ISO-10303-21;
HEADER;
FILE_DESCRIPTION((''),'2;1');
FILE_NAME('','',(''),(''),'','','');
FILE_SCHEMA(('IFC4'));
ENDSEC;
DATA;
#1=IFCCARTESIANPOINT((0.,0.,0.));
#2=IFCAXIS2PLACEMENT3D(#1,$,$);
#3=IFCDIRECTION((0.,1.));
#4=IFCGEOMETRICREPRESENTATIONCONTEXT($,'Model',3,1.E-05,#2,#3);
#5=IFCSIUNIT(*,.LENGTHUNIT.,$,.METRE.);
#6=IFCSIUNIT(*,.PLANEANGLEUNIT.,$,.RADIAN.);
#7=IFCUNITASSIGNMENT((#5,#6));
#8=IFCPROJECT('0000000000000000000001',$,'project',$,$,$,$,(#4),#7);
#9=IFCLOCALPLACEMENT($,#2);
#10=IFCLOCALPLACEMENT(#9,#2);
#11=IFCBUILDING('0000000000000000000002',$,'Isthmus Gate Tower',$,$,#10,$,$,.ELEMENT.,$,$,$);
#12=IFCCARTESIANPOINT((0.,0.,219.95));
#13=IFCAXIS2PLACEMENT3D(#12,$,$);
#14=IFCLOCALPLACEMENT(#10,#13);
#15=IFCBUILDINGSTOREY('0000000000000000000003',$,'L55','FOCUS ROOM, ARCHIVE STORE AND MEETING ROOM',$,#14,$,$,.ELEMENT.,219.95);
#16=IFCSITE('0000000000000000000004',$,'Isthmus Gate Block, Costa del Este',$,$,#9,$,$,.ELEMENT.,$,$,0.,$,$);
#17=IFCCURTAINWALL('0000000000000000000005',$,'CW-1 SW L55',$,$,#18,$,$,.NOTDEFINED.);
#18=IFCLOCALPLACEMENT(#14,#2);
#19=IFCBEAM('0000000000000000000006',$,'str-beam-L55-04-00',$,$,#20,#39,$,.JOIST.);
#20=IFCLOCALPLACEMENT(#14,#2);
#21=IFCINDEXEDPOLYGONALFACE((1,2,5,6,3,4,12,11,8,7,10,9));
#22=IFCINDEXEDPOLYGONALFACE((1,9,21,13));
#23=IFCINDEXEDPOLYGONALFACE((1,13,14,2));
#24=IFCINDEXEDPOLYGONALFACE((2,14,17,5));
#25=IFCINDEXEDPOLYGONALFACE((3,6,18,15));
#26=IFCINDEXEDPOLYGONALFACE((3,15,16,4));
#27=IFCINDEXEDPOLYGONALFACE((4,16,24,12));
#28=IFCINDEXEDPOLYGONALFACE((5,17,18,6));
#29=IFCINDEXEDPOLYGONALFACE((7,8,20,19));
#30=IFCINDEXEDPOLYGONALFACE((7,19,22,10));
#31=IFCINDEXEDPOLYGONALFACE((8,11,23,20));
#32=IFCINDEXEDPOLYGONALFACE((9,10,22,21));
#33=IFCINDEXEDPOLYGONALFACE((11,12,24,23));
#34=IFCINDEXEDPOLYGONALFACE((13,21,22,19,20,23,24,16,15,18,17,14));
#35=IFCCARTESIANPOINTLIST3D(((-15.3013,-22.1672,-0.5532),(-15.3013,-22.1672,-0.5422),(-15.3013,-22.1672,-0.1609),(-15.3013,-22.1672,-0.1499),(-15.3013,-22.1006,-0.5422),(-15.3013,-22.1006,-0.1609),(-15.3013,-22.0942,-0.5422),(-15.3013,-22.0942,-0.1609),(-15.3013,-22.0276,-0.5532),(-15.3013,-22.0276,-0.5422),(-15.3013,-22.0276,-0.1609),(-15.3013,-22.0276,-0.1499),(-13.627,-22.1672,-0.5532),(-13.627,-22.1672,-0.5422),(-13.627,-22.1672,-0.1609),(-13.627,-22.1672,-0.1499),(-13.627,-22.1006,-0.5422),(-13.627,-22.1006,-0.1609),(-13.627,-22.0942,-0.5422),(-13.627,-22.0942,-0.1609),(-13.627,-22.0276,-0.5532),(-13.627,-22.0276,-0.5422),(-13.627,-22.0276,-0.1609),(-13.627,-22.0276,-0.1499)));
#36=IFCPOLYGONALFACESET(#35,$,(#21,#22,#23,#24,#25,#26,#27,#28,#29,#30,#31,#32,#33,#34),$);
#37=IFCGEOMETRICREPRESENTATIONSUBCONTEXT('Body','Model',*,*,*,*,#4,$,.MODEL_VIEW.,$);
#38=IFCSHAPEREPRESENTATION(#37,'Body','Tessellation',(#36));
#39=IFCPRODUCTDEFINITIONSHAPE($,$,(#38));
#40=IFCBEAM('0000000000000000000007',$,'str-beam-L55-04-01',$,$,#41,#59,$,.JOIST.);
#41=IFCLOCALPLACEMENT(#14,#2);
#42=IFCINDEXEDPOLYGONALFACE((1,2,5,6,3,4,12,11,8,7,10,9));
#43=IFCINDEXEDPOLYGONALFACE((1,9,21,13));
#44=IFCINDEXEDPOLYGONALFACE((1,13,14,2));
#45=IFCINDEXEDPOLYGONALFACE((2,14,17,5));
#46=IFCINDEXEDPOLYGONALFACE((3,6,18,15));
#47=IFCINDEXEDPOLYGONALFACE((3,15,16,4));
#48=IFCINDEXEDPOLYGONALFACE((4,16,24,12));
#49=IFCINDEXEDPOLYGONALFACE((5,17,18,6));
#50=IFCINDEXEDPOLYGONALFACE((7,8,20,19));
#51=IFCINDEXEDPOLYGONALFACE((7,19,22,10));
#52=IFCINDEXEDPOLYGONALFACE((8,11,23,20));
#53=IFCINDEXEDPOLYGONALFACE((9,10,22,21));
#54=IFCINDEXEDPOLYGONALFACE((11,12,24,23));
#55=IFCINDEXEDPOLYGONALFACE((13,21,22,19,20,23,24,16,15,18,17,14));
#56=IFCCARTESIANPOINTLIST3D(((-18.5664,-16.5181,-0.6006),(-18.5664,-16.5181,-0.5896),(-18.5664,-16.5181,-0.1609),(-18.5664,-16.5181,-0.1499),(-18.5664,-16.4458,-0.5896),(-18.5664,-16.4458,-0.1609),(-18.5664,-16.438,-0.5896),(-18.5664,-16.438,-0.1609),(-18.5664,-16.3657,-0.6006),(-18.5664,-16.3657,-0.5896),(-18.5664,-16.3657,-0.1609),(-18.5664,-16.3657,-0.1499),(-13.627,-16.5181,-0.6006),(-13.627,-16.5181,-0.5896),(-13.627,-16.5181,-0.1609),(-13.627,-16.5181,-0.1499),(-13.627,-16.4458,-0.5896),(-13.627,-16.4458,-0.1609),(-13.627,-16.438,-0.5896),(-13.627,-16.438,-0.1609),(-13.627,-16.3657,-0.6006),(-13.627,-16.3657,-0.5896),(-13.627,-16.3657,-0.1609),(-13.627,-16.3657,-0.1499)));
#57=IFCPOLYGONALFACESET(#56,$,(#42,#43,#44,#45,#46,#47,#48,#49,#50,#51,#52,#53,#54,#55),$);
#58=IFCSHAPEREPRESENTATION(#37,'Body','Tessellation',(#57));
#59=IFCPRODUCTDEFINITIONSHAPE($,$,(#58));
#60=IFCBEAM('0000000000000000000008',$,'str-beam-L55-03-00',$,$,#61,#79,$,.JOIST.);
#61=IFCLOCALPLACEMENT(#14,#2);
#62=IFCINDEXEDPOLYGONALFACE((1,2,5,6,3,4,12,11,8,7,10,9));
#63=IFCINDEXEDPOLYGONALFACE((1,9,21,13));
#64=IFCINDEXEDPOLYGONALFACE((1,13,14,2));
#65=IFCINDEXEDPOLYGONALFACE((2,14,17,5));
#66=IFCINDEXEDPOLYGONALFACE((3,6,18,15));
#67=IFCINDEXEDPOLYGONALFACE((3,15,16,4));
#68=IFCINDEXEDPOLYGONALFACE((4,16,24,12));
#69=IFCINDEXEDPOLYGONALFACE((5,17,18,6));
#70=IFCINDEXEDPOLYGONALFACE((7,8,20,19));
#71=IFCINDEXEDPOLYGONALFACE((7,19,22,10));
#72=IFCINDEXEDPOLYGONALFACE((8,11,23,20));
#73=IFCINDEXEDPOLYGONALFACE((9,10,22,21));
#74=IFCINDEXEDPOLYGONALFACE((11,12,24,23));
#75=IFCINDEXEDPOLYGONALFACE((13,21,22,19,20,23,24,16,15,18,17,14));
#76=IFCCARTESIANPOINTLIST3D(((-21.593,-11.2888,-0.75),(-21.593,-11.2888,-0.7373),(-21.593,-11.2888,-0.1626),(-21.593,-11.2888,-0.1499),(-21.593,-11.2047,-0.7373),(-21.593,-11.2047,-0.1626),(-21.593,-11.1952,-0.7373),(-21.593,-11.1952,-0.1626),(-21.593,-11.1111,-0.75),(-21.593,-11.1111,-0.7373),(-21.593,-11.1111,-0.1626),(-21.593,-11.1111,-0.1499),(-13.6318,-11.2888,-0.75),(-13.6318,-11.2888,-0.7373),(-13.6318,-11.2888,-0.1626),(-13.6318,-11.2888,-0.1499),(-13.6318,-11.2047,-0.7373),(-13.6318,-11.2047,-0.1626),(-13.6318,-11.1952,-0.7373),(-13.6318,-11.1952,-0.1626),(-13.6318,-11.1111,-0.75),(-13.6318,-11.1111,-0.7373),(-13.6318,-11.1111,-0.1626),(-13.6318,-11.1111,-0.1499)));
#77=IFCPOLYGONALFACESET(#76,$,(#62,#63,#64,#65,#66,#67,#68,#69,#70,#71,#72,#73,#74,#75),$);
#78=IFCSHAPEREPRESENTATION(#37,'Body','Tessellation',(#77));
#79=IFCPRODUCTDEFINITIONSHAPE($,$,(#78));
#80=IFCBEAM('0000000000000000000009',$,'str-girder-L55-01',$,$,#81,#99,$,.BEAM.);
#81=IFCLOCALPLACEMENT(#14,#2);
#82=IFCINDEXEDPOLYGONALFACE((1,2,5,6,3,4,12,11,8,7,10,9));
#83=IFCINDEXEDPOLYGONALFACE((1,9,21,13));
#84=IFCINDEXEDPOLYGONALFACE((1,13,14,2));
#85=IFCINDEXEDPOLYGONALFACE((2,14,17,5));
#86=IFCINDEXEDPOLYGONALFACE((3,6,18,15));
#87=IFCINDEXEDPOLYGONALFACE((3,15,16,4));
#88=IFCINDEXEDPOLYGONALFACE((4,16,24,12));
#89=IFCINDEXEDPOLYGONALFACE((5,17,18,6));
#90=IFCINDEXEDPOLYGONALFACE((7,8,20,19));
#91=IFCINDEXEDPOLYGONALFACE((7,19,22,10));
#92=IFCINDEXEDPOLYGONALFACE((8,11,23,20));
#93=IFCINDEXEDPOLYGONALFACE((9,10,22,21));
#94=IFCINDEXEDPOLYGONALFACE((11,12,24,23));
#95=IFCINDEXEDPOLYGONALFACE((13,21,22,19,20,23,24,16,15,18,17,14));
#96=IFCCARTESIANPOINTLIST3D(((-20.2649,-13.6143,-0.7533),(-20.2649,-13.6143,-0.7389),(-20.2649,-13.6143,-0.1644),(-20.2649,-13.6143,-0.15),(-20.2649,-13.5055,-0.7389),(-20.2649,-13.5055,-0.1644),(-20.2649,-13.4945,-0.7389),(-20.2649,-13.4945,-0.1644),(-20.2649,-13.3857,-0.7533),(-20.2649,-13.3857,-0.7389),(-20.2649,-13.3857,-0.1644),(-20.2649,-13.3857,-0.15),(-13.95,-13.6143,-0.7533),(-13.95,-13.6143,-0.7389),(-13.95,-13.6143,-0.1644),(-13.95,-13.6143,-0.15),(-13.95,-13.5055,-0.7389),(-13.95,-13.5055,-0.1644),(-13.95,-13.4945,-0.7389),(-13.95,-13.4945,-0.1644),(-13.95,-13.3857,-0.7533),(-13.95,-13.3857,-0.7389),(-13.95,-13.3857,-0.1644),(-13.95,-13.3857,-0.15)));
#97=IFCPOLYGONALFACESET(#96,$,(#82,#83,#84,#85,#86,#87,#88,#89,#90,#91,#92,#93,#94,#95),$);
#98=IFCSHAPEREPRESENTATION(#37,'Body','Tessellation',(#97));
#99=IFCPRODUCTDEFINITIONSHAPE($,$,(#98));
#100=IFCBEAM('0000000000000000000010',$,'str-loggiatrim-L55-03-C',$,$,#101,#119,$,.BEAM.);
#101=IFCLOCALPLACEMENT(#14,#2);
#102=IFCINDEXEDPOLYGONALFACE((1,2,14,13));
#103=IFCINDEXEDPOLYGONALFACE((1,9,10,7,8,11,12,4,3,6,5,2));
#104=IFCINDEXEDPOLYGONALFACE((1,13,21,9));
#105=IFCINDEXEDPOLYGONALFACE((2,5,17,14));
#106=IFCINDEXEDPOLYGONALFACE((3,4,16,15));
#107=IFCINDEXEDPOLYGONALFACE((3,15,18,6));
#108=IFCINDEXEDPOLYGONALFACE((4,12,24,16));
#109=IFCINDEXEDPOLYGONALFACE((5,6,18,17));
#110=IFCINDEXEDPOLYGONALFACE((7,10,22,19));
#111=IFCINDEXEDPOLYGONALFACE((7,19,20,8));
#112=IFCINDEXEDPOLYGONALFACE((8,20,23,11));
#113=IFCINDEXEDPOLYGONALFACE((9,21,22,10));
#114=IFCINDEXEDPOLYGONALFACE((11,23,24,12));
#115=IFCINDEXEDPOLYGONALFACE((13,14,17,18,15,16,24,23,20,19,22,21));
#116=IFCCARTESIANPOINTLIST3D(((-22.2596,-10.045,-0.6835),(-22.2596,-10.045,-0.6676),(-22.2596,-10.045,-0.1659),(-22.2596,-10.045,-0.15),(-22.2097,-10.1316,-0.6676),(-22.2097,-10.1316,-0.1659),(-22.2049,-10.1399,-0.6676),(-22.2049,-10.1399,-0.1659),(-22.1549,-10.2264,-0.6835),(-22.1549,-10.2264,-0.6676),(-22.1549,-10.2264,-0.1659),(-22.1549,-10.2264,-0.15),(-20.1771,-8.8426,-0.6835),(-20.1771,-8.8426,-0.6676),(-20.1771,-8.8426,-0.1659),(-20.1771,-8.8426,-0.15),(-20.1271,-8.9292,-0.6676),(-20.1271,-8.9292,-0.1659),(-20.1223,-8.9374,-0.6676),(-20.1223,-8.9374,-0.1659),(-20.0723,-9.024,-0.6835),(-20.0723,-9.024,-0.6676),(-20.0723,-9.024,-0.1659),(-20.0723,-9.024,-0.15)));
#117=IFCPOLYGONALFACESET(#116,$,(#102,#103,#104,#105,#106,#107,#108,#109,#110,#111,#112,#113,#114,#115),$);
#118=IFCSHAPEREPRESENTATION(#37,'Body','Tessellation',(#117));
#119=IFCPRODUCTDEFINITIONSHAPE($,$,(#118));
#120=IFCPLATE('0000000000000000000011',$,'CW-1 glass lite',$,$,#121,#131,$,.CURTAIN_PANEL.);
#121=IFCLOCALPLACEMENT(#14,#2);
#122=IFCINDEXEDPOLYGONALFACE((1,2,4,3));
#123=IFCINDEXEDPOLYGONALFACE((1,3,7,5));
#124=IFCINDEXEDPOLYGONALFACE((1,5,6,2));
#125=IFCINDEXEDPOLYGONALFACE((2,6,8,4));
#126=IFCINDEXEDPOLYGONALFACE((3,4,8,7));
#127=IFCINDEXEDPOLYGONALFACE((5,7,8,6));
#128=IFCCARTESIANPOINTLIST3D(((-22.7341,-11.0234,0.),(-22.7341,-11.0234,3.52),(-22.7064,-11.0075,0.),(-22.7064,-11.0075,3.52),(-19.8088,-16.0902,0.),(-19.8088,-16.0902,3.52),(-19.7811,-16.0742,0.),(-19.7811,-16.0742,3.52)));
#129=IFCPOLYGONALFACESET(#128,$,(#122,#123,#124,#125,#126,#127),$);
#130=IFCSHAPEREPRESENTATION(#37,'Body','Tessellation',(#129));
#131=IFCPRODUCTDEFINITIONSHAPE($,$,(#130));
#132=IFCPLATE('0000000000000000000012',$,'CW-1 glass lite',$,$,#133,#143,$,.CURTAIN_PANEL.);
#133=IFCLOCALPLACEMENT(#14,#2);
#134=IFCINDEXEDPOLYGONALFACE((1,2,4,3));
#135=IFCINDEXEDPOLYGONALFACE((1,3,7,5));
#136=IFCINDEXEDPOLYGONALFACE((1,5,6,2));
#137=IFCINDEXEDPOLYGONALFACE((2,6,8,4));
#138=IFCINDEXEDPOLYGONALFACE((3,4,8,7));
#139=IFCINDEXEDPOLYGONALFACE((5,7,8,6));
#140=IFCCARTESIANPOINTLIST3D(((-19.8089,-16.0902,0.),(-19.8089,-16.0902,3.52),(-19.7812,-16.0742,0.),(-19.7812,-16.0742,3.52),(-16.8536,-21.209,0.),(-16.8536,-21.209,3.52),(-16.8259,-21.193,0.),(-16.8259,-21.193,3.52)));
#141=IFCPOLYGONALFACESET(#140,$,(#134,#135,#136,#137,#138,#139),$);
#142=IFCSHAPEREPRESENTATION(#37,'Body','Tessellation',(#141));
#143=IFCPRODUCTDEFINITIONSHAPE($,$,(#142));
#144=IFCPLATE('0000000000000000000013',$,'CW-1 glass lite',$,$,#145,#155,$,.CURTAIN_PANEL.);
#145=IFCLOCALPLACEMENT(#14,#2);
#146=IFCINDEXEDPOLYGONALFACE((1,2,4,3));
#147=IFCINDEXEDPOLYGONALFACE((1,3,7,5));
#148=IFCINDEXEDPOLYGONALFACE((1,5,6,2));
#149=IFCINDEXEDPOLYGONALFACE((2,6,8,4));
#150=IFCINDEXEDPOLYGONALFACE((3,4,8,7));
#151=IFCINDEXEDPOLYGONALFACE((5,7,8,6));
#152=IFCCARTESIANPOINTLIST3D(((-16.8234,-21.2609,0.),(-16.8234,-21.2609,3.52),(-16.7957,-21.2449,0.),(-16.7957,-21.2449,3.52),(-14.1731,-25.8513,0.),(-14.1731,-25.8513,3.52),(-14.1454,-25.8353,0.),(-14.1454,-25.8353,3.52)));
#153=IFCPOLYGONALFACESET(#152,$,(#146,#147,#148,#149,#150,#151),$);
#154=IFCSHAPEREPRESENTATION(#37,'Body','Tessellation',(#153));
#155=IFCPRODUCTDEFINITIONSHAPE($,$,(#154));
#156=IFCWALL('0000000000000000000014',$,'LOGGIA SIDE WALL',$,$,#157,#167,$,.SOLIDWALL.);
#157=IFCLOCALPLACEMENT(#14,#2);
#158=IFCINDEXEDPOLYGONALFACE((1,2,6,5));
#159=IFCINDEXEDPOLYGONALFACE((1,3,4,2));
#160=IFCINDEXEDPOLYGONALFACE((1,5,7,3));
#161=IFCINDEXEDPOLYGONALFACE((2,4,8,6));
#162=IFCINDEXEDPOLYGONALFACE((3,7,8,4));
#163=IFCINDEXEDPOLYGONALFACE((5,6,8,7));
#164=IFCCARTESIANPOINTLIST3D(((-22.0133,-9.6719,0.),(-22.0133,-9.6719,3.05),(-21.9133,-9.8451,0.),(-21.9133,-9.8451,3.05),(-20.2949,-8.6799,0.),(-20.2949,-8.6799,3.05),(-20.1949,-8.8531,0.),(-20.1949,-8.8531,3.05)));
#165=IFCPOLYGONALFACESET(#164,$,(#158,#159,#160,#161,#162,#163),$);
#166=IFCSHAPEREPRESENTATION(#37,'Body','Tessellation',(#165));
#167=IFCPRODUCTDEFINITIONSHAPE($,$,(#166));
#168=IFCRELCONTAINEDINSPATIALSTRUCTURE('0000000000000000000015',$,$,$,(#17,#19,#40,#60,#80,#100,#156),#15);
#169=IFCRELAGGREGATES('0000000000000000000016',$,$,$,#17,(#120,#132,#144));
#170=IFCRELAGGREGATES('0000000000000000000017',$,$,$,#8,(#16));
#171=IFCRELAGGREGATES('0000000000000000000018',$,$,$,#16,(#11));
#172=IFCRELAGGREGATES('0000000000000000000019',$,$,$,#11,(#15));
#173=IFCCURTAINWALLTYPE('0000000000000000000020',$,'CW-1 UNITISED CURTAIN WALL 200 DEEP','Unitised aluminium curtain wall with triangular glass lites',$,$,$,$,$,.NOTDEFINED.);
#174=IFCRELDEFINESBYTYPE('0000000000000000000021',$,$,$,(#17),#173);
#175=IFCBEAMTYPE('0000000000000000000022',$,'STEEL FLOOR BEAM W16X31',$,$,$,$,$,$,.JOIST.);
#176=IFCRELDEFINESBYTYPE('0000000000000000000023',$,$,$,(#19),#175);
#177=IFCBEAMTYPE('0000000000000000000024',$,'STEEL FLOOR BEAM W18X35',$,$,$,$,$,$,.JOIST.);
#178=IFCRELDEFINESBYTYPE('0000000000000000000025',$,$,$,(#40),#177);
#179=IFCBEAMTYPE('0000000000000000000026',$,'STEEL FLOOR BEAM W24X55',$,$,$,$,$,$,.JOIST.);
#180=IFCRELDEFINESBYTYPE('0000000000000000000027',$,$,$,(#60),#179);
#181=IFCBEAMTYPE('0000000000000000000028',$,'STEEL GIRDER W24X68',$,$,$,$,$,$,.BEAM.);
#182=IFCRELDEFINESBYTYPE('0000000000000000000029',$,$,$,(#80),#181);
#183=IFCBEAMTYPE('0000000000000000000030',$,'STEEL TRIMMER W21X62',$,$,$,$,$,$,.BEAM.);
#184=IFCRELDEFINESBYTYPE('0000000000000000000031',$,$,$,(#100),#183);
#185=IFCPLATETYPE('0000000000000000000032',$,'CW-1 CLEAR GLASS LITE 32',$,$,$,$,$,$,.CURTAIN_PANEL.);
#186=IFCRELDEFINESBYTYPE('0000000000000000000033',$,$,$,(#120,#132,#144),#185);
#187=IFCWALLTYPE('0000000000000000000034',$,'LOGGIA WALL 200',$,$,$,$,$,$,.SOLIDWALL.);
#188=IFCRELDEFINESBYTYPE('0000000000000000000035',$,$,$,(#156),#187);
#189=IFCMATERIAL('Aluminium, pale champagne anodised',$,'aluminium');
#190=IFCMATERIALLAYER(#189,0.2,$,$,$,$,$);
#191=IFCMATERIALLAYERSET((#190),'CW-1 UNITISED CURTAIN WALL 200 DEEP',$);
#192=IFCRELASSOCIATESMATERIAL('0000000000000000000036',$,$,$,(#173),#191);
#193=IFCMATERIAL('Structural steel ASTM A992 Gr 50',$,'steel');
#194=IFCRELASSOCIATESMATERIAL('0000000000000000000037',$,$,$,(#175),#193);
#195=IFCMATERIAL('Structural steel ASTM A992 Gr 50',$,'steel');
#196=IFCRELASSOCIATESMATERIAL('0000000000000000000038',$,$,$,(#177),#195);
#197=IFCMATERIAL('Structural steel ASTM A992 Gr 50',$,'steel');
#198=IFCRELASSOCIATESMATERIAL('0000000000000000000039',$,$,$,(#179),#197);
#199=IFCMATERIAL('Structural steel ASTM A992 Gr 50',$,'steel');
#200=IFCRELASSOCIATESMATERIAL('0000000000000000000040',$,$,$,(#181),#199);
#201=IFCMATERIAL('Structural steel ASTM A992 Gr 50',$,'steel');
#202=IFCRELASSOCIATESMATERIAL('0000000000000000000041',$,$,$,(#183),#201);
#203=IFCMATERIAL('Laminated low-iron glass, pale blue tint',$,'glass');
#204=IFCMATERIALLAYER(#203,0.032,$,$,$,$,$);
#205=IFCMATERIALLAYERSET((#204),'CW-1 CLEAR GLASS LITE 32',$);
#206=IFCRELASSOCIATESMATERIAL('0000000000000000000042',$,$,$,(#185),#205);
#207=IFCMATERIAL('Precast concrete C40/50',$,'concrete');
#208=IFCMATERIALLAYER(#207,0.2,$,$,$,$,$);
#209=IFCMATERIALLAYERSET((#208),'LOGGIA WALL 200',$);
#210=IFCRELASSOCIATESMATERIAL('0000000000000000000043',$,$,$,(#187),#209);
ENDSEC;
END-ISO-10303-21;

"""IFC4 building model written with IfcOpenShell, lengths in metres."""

from ifc_helpers import new_model, si_unit, direction, frame, frame_2d, origin, origin_2d, place, context, subcontext, project, spatial, rectangle, i_section, extrude, material, layer, layer_set, material_profile, profile_set, type_object, element, aggregate, save


model = new_model("IFC4")

# Units and contexts
model_context = context("Model", 3, precision=1e-05, world=origin(), true_north=direction((0.0, 1.0)))
body_context = subcontext(model_context, "Body", "Model", "MODEL_VIEW")
ifc_project = project(units=[si_unit("LENGTHUNIT", "METRE"), si_unit("PLANEANGLEUNIT", "RADIAN")], contexts=[model_context])

# Site, building, storey
site_placement = place(None, origin())
site = spatial("IfcSite", under=ifc_project, at=site_placement, Name="Isthmus Gate Block, Costa del Este", CompositionType="ELEMENT", RefElevation=0.0)
building_placement = place(site_placement, origin())
building = spatial("IfcBuilding", under=site, at=building_placement, Name="Isthmus Gate Tower", CompositionType="ELEMENT")
storey_placement = place(building_placement, frame((0.0, 0.0, 219.95)))
storey = spatial("IfcBuildingStorey", under=building, at=storey_placement, Name="L55", Description="FOCUS ROOM, ARCHIVE STORE AND MEETING ROOM", CompositionType="ELEMENT", Elevation=219.95)

# Curtain wall
ifc_material_1 = material(Name="Aluminium, pale champagne anodised", Category="aluminium")
ifc_layer_1 = layer(ifc_material_1, 0.2)
ifc_layer_set_1 = layer_set([ifc_layer_1], Name="CW-1 UNITISED CURTAIN WALL 200 DEEP")
curtain_wall_type = type_object("IfcCurtainWallType", Name="CW-1 UNITISED CURTAIN WALL 200 DEEP", Description="Unitised aluminium curtain wall with triangular glass lites", PredefinedType="NOTDEFINED", material=ifc_layer_set_1)
curtain_wall_1_placement = place(storey_placement, origin())
curtain_wall_1 = element("IfcCurtainWall", 1, at=curtain_wall_1_placement, inside=storey, type_object=curtain_wall_type, Name="CW-1 SW L55", PredefinedType="NOTDEFINED")

# Beams
ifc_material_2 = material(Name="Structural steel ASTM A992 Gr 50", Category="steel")
ifc_material_profile_1 = material_profile(ifc_material_2, i_section(OverallWidth=0.1396, OverallDepth=0.4033, WebThickness=0.0063, FlangeThickness=0.011, at=origin_2d()), Name="W16X31")
ifc_profile_set_1 = profile_set([ifc_material_profile_1], Name="Structural steel ASTM A992 Gr 50")
beam_type_1 = type_object("IfcBeamType", Name="STEEL FLOOR BEAM W16X31", PredefinedType="JOIST", material=ifc_profile_set_1)
beam_1_placement = place(storey_placement, frame((-15.3013, -22.0974, -0.3516), z_axis=(1.0, 0.0, 0.0), x_axis=(0.0, 1.0, 0.0)))
element("IfcBeam", 2, at=beam_1_placement, inside=storey, type_object=beam_type_1, Name="str-beam-L55-04-00", PredefinedType="JOIST", context=body_context, shape_type="SweptSolid", body=[
    extrude(i_section(OverallWidth=0.1396, OverallDepth=0.4033, WebThickness=0.0063, FlangeThickness=0.011, at=origin_2d()), origin(), (0.0, 0.0, 1.0), 1.6743),
])
ifc_material_3 = material(Name="Structural steel ASTM A992 Gr 50", Category="steel")
ifc_material_profile_2 = material_profile(ifc_material_3, i_section(OverallWidth=0.1523, OverallDepth=0.4507, WebThickness=0.0078, FlangeThickness=0.011, at=origin_2d()), Name="W18X35")
ifc_profile_set_2 = profile_set([ifc_material_profile_2], Name="Structural steel ASTM A992 Gr 50")
beam_type_2 = type_object("IfcBeamType", Name="STEEL FLOOR BEAM W18X35", PredefinedType="JOIST", material=ifc_profile_set_2)
beam_2_placement = place(storey_placement, frame((-18.5664, -16.4419, -0.3752), z_axis=(1.0, 0.0, 0.0), x_axis=(0.0, 1.0, 0.0)))
element("IfcBeam", 3, at=beam_2_placement, inside=storey, type_object=beam_type_2, Name="str-beam-L55-04-01", PredefinedType="JOIST", context=body_context, shape_type="SweptSolid", body=[
    extrude(i_section(OverallWidth=0.1523, OverallDepth=0.4507, WebThickness=0.0078, FlangeThickness=0.011, at=origin_2d()), origin(), (0.0, 0.0, 1.0), 4.9395),
])
ifc_material_4 = material(Name="Structural steel ASTM A992 Gr 50", Category="steel")
ifc_material_profile_3 = material_profile(ifc_material_4, i_section(OverallWidth=0.1777, OverallDepth=0.6001, WebThickness=0.0095, FlangeThickness=0.0127, at=origin_2d()), Name="W24X55")
ifc_profile_set_3 = profile_set([ifc_material_profile_3], Name="Structural steel ASTM A992 Gr 50")
beam_type_3 = type_object("IfcBeamType", Name="STEEL FLOOR BEAM W24X55", PredefinedType="JOIST", material=ifc_profile_set_3)
beam_3_placement = place(storey_placement, frame((-21.593, -11.2, -0.45), z_axis=(1.0, 0.0, 0.0), x_axis=(0.0, 1.0, 0.0)))
element("IfcBeam", 4, at=beam_3_placement, inside=storey, type_object=beam_type_3, Name="str-beam-L55-03-00", PredefinedType="JOIST", context=body_context, shape_type="SweptSolid", body=[
    extrude(i_section(OverallWidth=0.1777, OverallDepth=0.6001, WebThickness=0.0095, FlangeThickness=0.0127, at=origin_2d()), origin(), (0.0, 0.0, 1.0), 7.9612),
])
ifc_material_5 = material(Name="Structural steel ASTM A992 Gr 50", Category="steel")
ifc_material_profile_4 = material_profile(ifc_material_5, i_section(OverallWidth=0.2285, OverallDepth=0.6033, WebThickness=0.011, FlangeThickness=0.0144, at=origin_2d()), Name="W24X68")
ifc_profile_set_4 = profile_set([ifc_material_profile_4], Name="Structural steel ASTM A992 Gr 50")
beam_type_4 = type_object("IfcBeamType", Name="STEEL GIRDER W24X68", PredefinedType="BEAM", material=ifc_profile_set_4)
beam_4_placement = place(storey_placement, frame((-20.2649, -13.5, -0.4517), z_axis=(1.0, 0.0, 0.0), x_axis=(0.0, 1.0, 0.0)))
element("IfcBeam", 5, at=beam_4_placement, inside=storey, type_object=beam_type_4, Name="str-girder-L55-01", PredefinedType="BEAM", context=body_context, shape_type="SweptSolid", body=[
    extrude(i_section(OverallWidth=0.2285, OverallDepth=0.6033, WebThickness=0.011, FlangeThickness=0.0144, at=origin_2d()), origin(), (0.0, 0.0, 1.0), 6.3149),
])
ifc_material_6 = material(Name="Structural steel ASTM A992 Gr 50", Category="steel")
ifc_material_profile_5 = material_profile(ifc_material_6, i_section(OverallWidth=0.2095, OverallDepth=0.5334, WebThickness=0.0095, FlangeThickness=0.0159, at=origin_2d()), Name="W21X62")
ifc_profile_set_5 = profile_set([ifc_material_profile_5], Name="Structural steel ASTM A992 Gr 50")
beam_type_5 = type_object("IfcBeamType", Name="STEEL TRIMMER W21X62", PredefinedType="BEAM", material=ifc_profile_set_5)
beam_5_placement = place(storey_placement, frame((-22.2073, -10.1357, -0.4167), z_axis=(0.866017, 0.500015, 0.0), x_axis=(-0.500015, 0.866017, 0.0)))
element("IfcBeam", 6, at=beam_5_placement, inside=storey, type_object=beam_type_5, Name="str-loggiatrim-L55-03-C", PredefinedType="BEAM", context=body_context, shape_type="SweptSolid", body=[
    extrude(i_section(OverallWidth=0.2095, OverallDepth=0.5334, WebThickness=0.0095, FlangeThickness=0.0159, at=origin_2d()), origin(), (0.0, 0.0, 1.0), 2.4048),
])

# Plates
ifc_material_7 = material(Name="Laminated low-iron glass, pale blue tint", Category="glass")
ifc_layer_2 = layer(ifc_material_7, 0.032)
ifc_layer_set_2 = layer_set([ifc_layer_2], Name="CW-1 CLEAR GLASS LITE 32")
plate_type = type_object("IfcPlateType", Name="CW-1 CLEAR GLASS LITE 32", PredefinedType="CURTAIN_PANEL", material=ifc_layer_set_2)
plate_1_placement = place(storey_placement, frame((-21.2576, -13.5488, 0.0), z_axis=(0.0, 0.0, 1.0), x_axis=(0.5, -0.866025, 0.0)))
plate_1 = element("IfcPlate", 7, at=plate_1_placement, type_object=plate_type, Name="CW-1 glass lite", PredefinedType="CURTAIN_PANEL", context=body_context, shape_type="SweptSolid", body=[
    extrude(rectangle(XDim=5.8506, YDim=0.032, at=origin_2d()), origin(), (0.0, 0.0, 1.0), 3.52),
])
plate_2_placement = place(storey_placement, frame((-18.3174, -18.6416, 0.0), z_axis=(0.0, 0.0, 1.0), x_axis=(0.5, -0.866025, 0.0)))
plate_2 = element("IfcPlate", 8, at=plate_2_placement, type_object=plate_type, Name="CW-1 glass lite", PredefinedType="CURTAIN_PANEL", context=body_context, shape_type="SweptSolid", body=[
    extrude(rectangle(XDim=5.9106, YDim=0.032, at=origin_2d()), origin(), (0.0, 0.0, 1.0), 3.52),
])
plate_3_placement = place(storey_placement, frame((-15.4844, -23.5481, 0.0), z_axis=(0.0, 0.0, 1.0), x_axis=(0.5, -0.866025, 0.0)))
plate_3 = element("IfcPlate", 9, at=plate_3_placement, type_object=plate_type, Name="CW-1 glass lite", PredefinedType="CURTAIN_PANEL", context=body_context, shape_type="SweptSolid", body=[
    extrude(rectangle(XDim=5.3005, YDim=0.032, at=origin_2d()), origin(), (0.0, 0.0, 1.0), 3.52),
])
aggregate(curtain_wall_1, [plate_1, plate_2, plate_3])

# Wall
ifc_material_8 = material(Name="Precast concrete C40/50", Category="concrete")
ifc_layer_3 = layer(ifc_material_8, 0.2)
ifc_layer_set_3 = layer_set([ifc_layer_3], Name="LOGGIA WALL 200")
wall_type = type_object("IfcWallType", Name="LOGGIA WALL 200", PredefinedType="SOLIDWALL", material=ifc_layer_set_3)
wall_placement = place(storey_placement, frame((-21.9634, -9.7585, 0.0), z_axis=(0.0, 0.0, 1.0), x_axis=(0.866046, 0.499964, 0.0)))
element("IfcWall", 10, at=wall_placement, inside=storey, type_object=wall_type, Name="LOGGIA SIDE WALL", PredefinedType="SOLIDWALL", context=body_context, shape_type="SweptSolid", body=[
    extrude(rectangle(XDim=1.9841, YDim=0.2, at=frame_2d((0.9922, 0.0))), origin(), (0.0, 0.0, 1.0), 3.05),
])

save(model, "model.ifc")
